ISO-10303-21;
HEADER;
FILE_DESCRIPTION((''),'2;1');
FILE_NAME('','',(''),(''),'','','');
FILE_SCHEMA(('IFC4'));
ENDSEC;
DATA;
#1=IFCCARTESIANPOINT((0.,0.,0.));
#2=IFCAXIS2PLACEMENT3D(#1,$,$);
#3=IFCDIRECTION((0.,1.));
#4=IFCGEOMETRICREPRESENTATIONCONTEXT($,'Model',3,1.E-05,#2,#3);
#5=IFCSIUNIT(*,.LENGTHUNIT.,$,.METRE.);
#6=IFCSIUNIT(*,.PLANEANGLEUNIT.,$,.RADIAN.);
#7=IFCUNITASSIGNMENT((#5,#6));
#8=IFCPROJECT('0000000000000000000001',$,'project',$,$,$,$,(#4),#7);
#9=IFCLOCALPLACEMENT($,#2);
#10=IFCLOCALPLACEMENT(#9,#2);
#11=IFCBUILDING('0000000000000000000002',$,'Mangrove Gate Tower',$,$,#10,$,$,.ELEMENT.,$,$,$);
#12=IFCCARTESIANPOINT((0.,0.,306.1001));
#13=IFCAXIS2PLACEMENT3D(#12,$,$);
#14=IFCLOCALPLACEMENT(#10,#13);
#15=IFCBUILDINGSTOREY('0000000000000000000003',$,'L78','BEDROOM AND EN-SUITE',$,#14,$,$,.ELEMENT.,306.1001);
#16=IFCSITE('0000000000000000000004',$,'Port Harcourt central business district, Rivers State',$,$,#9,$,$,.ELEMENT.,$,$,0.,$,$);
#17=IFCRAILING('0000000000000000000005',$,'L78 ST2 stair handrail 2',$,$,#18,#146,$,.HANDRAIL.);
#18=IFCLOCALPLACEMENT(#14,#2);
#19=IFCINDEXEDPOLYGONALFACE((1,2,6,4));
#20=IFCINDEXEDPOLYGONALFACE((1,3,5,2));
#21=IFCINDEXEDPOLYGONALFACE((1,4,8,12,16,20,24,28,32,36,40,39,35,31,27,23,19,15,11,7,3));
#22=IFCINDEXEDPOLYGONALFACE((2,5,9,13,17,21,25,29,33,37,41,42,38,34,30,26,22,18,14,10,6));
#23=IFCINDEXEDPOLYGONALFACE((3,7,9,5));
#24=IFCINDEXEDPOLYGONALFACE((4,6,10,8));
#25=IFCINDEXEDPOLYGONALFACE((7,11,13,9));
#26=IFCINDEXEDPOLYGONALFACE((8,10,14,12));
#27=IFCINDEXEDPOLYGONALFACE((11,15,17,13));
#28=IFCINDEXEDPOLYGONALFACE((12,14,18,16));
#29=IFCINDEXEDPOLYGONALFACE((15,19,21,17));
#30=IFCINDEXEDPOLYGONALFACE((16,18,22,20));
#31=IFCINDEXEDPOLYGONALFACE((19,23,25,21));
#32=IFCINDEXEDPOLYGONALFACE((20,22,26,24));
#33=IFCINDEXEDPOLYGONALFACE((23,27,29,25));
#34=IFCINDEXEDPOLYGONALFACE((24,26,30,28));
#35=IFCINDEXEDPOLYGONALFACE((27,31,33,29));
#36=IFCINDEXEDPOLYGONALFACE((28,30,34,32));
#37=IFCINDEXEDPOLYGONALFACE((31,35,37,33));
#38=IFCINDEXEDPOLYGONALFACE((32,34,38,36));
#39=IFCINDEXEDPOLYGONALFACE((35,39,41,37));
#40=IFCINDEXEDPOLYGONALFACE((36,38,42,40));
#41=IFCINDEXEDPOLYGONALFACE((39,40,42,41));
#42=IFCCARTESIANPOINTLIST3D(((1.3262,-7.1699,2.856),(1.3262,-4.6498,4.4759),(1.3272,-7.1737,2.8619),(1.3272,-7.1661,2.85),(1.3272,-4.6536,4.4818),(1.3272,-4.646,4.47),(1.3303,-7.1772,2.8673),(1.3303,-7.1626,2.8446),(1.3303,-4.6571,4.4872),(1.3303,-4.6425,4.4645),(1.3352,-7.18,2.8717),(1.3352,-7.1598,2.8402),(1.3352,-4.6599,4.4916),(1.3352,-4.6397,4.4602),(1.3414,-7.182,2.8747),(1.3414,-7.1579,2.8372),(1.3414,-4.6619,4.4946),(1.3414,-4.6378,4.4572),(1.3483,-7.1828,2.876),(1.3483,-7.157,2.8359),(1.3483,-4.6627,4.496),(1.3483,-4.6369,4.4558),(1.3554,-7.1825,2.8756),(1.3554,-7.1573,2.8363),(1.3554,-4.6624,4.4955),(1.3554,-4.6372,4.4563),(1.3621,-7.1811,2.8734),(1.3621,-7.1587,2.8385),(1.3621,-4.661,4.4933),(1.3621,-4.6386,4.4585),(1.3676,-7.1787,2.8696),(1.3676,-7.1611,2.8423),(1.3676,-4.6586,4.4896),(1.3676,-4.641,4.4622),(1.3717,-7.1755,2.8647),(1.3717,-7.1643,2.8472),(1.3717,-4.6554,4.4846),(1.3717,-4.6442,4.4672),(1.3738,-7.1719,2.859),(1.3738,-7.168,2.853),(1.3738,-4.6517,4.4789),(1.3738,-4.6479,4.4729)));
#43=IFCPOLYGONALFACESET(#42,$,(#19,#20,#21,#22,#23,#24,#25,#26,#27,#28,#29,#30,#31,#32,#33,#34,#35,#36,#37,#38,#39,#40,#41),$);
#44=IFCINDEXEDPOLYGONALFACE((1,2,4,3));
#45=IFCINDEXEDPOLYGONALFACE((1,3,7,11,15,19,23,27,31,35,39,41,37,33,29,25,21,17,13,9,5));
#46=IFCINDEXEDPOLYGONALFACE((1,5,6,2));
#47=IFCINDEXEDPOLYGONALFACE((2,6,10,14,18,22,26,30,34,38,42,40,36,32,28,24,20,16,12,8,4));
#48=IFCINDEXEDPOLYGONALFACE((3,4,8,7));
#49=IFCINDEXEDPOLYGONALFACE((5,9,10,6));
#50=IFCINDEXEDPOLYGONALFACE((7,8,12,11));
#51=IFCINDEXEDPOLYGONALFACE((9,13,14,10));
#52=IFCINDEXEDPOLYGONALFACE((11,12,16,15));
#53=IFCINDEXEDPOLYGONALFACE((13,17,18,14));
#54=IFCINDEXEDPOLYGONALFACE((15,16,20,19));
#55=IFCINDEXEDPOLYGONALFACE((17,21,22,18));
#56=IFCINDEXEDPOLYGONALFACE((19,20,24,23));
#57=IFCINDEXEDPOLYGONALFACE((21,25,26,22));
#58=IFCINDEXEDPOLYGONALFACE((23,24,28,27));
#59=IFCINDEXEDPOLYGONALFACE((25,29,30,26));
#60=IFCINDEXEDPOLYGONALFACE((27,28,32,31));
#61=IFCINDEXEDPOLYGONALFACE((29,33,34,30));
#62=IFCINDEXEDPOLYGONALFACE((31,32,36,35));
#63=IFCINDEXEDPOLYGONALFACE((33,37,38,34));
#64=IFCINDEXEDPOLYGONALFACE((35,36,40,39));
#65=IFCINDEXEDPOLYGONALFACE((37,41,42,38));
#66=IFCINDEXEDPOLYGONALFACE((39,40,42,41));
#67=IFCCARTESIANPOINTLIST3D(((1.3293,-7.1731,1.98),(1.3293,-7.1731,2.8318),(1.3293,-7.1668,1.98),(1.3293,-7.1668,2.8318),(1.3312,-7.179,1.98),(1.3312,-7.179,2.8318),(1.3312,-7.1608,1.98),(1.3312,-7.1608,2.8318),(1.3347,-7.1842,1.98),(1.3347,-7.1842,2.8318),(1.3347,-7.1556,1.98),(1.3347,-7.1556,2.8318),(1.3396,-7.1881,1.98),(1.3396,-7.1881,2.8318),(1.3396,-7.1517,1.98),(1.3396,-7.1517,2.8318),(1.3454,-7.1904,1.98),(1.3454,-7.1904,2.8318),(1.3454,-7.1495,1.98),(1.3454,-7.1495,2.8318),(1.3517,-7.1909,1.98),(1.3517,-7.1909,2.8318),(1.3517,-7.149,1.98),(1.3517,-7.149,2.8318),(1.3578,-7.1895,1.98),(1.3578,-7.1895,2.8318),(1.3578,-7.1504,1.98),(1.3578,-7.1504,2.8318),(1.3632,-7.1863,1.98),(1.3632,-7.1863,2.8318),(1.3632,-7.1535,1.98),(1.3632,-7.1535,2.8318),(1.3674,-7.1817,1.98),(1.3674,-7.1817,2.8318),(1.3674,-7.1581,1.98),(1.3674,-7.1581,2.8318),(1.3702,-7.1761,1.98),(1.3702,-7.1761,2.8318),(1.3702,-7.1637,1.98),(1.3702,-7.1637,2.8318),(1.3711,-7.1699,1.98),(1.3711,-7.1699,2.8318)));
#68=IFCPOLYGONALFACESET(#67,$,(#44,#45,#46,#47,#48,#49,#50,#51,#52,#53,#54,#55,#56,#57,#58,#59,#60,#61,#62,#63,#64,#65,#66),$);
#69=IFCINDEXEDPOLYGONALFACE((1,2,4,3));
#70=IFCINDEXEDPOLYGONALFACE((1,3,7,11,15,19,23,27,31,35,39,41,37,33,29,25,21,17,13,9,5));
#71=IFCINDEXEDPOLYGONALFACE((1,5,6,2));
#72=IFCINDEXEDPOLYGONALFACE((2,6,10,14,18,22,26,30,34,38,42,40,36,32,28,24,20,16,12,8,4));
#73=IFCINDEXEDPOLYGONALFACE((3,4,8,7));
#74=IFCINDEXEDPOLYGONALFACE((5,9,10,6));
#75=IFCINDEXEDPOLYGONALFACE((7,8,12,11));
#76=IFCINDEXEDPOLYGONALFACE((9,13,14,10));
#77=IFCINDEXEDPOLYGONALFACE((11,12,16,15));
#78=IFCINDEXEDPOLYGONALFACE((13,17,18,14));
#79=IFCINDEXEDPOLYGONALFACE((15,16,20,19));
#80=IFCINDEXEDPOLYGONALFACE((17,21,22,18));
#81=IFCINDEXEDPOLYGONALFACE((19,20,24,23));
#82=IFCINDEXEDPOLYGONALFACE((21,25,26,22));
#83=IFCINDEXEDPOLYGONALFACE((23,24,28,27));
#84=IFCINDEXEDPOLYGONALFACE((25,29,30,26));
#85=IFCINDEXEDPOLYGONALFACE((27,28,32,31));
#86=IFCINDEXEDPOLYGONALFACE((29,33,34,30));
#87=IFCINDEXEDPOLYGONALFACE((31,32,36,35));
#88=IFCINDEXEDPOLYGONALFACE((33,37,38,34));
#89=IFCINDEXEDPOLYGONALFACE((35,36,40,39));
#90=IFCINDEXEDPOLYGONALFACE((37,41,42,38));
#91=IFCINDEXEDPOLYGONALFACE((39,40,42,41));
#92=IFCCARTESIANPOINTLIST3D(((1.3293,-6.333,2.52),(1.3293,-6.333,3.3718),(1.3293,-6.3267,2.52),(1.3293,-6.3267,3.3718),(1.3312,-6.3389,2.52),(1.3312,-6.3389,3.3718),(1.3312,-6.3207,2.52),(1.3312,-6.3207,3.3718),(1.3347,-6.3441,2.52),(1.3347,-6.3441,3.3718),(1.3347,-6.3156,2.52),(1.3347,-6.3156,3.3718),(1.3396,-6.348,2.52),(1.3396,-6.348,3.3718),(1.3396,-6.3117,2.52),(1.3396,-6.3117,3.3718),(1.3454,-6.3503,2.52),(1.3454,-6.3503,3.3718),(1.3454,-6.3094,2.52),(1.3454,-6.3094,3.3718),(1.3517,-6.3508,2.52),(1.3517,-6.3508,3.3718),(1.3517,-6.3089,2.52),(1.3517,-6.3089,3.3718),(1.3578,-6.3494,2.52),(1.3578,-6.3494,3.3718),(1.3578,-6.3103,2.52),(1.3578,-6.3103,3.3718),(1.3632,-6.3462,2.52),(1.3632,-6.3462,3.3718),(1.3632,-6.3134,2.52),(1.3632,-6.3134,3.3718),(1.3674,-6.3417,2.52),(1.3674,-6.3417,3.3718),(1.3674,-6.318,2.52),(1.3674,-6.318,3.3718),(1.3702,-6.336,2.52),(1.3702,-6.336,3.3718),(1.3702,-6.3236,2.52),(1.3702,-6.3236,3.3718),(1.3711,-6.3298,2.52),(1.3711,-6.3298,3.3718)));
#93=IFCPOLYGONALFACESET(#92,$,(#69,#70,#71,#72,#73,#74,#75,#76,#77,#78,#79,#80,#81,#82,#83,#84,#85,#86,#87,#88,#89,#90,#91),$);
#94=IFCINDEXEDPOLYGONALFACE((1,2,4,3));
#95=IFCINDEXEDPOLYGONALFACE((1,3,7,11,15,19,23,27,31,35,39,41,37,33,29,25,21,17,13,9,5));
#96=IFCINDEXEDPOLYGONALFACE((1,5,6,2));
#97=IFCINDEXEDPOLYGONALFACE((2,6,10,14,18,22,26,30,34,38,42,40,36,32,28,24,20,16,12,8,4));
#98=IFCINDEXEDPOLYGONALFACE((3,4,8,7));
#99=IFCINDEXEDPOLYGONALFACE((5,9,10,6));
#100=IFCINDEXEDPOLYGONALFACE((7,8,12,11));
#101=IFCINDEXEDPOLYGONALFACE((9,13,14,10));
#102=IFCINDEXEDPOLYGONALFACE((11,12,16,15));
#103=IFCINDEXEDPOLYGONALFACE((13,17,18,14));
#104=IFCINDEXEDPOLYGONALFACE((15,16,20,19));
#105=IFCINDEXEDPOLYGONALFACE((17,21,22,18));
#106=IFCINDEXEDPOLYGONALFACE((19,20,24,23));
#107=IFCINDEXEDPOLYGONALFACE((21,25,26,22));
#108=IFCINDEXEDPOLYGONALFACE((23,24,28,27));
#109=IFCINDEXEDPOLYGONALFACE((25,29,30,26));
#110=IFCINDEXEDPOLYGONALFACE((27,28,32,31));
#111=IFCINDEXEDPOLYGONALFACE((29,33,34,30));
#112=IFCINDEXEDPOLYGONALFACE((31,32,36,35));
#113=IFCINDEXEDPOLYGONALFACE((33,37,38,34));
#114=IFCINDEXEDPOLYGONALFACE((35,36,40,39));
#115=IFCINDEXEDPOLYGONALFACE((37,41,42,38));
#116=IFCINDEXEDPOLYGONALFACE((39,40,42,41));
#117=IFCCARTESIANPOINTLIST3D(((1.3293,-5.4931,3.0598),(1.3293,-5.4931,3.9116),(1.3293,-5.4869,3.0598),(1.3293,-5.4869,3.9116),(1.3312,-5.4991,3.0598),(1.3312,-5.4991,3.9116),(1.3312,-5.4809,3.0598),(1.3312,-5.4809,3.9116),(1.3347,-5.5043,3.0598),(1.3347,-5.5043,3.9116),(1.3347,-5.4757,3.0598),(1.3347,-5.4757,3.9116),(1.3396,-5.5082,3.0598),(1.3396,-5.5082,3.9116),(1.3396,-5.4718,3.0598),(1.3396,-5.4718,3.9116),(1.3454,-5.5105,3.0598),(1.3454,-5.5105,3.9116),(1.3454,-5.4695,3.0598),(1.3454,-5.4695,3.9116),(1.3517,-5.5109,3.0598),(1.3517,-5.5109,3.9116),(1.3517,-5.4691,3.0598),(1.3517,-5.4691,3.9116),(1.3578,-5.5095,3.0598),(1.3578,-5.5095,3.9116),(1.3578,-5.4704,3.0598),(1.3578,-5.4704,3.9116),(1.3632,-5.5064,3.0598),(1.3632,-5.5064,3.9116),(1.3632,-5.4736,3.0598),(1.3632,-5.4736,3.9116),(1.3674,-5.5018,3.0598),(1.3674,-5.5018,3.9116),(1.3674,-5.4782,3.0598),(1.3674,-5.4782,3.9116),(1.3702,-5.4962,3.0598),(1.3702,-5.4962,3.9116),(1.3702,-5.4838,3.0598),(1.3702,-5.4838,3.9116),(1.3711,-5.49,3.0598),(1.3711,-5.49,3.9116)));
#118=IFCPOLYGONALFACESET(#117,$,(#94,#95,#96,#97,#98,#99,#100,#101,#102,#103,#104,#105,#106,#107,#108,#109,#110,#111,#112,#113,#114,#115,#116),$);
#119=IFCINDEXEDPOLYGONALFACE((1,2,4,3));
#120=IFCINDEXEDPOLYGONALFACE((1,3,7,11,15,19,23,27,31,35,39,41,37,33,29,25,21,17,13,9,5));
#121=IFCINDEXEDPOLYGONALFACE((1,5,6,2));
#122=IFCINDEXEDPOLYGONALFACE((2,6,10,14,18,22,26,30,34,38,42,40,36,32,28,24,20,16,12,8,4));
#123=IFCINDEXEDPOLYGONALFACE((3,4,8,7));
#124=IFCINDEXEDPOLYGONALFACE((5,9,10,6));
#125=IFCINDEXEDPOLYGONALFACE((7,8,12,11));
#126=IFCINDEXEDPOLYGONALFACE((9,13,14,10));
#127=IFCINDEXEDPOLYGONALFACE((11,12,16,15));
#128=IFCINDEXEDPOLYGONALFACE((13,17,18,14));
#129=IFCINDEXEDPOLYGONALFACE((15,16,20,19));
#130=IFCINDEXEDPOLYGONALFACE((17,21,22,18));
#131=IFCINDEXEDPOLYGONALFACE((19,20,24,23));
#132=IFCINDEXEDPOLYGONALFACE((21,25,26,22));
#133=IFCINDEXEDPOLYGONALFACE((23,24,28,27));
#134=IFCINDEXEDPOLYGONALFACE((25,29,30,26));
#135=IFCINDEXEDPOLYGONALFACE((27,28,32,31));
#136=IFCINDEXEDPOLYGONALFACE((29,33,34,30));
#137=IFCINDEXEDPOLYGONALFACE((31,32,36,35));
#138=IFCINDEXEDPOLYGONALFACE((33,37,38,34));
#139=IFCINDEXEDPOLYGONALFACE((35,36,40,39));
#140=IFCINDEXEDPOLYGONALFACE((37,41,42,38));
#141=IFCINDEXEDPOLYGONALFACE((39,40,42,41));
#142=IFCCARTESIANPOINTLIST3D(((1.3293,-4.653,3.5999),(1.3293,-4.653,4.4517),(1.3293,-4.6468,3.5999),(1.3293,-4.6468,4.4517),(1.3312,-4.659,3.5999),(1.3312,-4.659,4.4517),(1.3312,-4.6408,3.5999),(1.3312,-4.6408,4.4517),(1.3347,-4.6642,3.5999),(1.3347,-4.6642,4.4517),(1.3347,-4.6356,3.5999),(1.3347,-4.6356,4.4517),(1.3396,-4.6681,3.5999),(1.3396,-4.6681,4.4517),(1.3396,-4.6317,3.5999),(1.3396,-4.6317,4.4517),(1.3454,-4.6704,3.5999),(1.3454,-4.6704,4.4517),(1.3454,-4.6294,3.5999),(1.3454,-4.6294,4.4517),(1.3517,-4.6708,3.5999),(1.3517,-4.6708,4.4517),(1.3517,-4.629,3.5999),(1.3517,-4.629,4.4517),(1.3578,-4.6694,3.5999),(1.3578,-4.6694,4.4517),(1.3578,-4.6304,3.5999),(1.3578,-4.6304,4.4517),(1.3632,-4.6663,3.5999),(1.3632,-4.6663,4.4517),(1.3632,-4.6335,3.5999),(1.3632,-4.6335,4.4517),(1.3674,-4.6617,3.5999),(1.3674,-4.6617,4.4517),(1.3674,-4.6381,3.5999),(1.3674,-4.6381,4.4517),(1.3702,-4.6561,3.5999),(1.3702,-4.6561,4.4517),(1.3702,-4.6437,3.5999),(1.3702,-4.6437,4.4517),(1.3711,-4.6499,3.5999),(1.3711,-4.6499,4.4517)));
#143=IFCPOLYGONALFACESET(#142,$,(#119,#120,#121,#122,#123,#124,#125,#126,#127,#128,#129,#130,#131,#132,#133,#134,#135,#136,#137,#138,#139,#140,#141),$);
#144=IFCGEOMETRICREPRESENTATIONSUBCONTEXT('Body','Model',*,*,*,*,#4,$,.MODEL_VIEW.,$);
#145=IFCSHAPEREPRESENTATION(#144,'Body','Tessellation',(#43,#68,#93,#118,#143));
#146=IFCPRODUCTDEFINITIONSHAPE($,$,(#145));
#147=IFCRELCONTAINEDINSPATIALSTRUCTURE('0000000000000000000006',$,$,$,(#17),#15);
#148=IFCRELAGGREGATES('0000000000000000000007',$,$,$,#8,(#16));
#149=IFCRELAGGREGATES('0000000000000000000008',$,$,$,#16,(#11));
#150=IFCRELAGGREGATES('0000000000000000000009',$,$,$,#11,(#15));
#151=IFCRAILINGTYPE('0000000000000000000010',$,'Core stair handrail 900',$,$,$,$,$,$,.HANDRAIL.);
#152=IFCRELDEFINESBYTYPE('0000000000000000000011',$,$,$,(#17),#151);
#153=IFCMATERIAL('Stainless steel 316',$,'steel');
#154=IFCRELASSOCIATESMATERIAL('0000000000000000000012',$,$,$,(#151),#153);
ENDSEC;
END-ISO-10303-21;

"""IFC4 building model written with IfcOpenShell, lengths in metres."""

from ifc_helpers import new_model, si_unit, direction, frame, origin, origin_2d, place, context, subcontext, project, spatial, circle, extrude, material, type_object, element, save


model = new_model("IFC4")

# Units and contexts
model_context = context("Model", 3, precision=1e-05, world=origin(), true_north=direction((0.0, 1.0)))
body_context = subcontext(model_context, "Body", "Model", "MODEL_VIEW")
ifc_project = project(units=[si_unit("LENGTHUNIT", "METRE"), si_unit("PLANEANGLEUNIT", "RADIAN")], contexts=[model_context])

# Site, building, storey
site_placement = place(None, origin())
site = spatial("IfcSite", under=ifc_project, at=site_placement, Name="Port Harcourt central business district, Rivers State", CompositionType="ELEMENT", RefElevation=0.0)
building_placement = place(site_placement, origin())
building = spatial("IfcBuilding", under=site, at=building_placement, Name="Mangrove Gate Tower", CompositionType="ELEMENT")
storey_placement = place(building_placement, frame((0.0, 0.0, 306.1001)))
storey = spatial("IfcBuildingStorey", under=building, at=storey_placement, Name="L78", Description="BEDROOM AND EN-SUITE", CompositionType="ELEMENT", Elevation=306.1001)

# Railing
ifc_material_1 = material(Name="Stainless steel 316", Category="steel")
railing_type_1 = type_object("IfcRailingType", Name="Core stair handrail 900", PredefinedType="HANDRAIL", material=ifc_material_1)
railing_1_placement = place(storey_placement, frame((1.3501, -7.1699, 1.98)))
element("IfcRailing", 1, at=railing_1_placement, inside=storey, type_object=railing_type_1, Name="L78 ST2 stair handrail 2", PredefinedType="HANDRAIL", context=body_context, shape_type="SweptSolid", body=[
    extrude(circle(Radius=0.0239, at=origin_2d()), frame((0.0, 0.0, 0.876), z_axis=(0.0, 0.8412, 0.540725), x_axis=(-1.0, 0.0, 0.0)), (0.0, 0.0, 1.0), 2.9958),
    extrude(circle(Radius=0.021, at=origin_2d()), origin(), (0.0, 0.0, 1.0), 0.8518),
    extrude(circle(Radius=0.021, at=origin_2d()), frame((0.0, 0.8401, 0.54)), (0.0, 0.0, 1.0), 0.8518),
    extrude(circle(Radius=0.021, at=origin_2d()), frame((0.0, 1.6799, 1.0798)), (0.0, 0.0, 1.0), 0.8518),
    extrude(circle(Radius=0.021, at=origin_2d()), frame((0.0, 2.52, 1.6199)), (0.0, 0.0, 1.0), 0.8518),
])

save(model, "model.ifc")
